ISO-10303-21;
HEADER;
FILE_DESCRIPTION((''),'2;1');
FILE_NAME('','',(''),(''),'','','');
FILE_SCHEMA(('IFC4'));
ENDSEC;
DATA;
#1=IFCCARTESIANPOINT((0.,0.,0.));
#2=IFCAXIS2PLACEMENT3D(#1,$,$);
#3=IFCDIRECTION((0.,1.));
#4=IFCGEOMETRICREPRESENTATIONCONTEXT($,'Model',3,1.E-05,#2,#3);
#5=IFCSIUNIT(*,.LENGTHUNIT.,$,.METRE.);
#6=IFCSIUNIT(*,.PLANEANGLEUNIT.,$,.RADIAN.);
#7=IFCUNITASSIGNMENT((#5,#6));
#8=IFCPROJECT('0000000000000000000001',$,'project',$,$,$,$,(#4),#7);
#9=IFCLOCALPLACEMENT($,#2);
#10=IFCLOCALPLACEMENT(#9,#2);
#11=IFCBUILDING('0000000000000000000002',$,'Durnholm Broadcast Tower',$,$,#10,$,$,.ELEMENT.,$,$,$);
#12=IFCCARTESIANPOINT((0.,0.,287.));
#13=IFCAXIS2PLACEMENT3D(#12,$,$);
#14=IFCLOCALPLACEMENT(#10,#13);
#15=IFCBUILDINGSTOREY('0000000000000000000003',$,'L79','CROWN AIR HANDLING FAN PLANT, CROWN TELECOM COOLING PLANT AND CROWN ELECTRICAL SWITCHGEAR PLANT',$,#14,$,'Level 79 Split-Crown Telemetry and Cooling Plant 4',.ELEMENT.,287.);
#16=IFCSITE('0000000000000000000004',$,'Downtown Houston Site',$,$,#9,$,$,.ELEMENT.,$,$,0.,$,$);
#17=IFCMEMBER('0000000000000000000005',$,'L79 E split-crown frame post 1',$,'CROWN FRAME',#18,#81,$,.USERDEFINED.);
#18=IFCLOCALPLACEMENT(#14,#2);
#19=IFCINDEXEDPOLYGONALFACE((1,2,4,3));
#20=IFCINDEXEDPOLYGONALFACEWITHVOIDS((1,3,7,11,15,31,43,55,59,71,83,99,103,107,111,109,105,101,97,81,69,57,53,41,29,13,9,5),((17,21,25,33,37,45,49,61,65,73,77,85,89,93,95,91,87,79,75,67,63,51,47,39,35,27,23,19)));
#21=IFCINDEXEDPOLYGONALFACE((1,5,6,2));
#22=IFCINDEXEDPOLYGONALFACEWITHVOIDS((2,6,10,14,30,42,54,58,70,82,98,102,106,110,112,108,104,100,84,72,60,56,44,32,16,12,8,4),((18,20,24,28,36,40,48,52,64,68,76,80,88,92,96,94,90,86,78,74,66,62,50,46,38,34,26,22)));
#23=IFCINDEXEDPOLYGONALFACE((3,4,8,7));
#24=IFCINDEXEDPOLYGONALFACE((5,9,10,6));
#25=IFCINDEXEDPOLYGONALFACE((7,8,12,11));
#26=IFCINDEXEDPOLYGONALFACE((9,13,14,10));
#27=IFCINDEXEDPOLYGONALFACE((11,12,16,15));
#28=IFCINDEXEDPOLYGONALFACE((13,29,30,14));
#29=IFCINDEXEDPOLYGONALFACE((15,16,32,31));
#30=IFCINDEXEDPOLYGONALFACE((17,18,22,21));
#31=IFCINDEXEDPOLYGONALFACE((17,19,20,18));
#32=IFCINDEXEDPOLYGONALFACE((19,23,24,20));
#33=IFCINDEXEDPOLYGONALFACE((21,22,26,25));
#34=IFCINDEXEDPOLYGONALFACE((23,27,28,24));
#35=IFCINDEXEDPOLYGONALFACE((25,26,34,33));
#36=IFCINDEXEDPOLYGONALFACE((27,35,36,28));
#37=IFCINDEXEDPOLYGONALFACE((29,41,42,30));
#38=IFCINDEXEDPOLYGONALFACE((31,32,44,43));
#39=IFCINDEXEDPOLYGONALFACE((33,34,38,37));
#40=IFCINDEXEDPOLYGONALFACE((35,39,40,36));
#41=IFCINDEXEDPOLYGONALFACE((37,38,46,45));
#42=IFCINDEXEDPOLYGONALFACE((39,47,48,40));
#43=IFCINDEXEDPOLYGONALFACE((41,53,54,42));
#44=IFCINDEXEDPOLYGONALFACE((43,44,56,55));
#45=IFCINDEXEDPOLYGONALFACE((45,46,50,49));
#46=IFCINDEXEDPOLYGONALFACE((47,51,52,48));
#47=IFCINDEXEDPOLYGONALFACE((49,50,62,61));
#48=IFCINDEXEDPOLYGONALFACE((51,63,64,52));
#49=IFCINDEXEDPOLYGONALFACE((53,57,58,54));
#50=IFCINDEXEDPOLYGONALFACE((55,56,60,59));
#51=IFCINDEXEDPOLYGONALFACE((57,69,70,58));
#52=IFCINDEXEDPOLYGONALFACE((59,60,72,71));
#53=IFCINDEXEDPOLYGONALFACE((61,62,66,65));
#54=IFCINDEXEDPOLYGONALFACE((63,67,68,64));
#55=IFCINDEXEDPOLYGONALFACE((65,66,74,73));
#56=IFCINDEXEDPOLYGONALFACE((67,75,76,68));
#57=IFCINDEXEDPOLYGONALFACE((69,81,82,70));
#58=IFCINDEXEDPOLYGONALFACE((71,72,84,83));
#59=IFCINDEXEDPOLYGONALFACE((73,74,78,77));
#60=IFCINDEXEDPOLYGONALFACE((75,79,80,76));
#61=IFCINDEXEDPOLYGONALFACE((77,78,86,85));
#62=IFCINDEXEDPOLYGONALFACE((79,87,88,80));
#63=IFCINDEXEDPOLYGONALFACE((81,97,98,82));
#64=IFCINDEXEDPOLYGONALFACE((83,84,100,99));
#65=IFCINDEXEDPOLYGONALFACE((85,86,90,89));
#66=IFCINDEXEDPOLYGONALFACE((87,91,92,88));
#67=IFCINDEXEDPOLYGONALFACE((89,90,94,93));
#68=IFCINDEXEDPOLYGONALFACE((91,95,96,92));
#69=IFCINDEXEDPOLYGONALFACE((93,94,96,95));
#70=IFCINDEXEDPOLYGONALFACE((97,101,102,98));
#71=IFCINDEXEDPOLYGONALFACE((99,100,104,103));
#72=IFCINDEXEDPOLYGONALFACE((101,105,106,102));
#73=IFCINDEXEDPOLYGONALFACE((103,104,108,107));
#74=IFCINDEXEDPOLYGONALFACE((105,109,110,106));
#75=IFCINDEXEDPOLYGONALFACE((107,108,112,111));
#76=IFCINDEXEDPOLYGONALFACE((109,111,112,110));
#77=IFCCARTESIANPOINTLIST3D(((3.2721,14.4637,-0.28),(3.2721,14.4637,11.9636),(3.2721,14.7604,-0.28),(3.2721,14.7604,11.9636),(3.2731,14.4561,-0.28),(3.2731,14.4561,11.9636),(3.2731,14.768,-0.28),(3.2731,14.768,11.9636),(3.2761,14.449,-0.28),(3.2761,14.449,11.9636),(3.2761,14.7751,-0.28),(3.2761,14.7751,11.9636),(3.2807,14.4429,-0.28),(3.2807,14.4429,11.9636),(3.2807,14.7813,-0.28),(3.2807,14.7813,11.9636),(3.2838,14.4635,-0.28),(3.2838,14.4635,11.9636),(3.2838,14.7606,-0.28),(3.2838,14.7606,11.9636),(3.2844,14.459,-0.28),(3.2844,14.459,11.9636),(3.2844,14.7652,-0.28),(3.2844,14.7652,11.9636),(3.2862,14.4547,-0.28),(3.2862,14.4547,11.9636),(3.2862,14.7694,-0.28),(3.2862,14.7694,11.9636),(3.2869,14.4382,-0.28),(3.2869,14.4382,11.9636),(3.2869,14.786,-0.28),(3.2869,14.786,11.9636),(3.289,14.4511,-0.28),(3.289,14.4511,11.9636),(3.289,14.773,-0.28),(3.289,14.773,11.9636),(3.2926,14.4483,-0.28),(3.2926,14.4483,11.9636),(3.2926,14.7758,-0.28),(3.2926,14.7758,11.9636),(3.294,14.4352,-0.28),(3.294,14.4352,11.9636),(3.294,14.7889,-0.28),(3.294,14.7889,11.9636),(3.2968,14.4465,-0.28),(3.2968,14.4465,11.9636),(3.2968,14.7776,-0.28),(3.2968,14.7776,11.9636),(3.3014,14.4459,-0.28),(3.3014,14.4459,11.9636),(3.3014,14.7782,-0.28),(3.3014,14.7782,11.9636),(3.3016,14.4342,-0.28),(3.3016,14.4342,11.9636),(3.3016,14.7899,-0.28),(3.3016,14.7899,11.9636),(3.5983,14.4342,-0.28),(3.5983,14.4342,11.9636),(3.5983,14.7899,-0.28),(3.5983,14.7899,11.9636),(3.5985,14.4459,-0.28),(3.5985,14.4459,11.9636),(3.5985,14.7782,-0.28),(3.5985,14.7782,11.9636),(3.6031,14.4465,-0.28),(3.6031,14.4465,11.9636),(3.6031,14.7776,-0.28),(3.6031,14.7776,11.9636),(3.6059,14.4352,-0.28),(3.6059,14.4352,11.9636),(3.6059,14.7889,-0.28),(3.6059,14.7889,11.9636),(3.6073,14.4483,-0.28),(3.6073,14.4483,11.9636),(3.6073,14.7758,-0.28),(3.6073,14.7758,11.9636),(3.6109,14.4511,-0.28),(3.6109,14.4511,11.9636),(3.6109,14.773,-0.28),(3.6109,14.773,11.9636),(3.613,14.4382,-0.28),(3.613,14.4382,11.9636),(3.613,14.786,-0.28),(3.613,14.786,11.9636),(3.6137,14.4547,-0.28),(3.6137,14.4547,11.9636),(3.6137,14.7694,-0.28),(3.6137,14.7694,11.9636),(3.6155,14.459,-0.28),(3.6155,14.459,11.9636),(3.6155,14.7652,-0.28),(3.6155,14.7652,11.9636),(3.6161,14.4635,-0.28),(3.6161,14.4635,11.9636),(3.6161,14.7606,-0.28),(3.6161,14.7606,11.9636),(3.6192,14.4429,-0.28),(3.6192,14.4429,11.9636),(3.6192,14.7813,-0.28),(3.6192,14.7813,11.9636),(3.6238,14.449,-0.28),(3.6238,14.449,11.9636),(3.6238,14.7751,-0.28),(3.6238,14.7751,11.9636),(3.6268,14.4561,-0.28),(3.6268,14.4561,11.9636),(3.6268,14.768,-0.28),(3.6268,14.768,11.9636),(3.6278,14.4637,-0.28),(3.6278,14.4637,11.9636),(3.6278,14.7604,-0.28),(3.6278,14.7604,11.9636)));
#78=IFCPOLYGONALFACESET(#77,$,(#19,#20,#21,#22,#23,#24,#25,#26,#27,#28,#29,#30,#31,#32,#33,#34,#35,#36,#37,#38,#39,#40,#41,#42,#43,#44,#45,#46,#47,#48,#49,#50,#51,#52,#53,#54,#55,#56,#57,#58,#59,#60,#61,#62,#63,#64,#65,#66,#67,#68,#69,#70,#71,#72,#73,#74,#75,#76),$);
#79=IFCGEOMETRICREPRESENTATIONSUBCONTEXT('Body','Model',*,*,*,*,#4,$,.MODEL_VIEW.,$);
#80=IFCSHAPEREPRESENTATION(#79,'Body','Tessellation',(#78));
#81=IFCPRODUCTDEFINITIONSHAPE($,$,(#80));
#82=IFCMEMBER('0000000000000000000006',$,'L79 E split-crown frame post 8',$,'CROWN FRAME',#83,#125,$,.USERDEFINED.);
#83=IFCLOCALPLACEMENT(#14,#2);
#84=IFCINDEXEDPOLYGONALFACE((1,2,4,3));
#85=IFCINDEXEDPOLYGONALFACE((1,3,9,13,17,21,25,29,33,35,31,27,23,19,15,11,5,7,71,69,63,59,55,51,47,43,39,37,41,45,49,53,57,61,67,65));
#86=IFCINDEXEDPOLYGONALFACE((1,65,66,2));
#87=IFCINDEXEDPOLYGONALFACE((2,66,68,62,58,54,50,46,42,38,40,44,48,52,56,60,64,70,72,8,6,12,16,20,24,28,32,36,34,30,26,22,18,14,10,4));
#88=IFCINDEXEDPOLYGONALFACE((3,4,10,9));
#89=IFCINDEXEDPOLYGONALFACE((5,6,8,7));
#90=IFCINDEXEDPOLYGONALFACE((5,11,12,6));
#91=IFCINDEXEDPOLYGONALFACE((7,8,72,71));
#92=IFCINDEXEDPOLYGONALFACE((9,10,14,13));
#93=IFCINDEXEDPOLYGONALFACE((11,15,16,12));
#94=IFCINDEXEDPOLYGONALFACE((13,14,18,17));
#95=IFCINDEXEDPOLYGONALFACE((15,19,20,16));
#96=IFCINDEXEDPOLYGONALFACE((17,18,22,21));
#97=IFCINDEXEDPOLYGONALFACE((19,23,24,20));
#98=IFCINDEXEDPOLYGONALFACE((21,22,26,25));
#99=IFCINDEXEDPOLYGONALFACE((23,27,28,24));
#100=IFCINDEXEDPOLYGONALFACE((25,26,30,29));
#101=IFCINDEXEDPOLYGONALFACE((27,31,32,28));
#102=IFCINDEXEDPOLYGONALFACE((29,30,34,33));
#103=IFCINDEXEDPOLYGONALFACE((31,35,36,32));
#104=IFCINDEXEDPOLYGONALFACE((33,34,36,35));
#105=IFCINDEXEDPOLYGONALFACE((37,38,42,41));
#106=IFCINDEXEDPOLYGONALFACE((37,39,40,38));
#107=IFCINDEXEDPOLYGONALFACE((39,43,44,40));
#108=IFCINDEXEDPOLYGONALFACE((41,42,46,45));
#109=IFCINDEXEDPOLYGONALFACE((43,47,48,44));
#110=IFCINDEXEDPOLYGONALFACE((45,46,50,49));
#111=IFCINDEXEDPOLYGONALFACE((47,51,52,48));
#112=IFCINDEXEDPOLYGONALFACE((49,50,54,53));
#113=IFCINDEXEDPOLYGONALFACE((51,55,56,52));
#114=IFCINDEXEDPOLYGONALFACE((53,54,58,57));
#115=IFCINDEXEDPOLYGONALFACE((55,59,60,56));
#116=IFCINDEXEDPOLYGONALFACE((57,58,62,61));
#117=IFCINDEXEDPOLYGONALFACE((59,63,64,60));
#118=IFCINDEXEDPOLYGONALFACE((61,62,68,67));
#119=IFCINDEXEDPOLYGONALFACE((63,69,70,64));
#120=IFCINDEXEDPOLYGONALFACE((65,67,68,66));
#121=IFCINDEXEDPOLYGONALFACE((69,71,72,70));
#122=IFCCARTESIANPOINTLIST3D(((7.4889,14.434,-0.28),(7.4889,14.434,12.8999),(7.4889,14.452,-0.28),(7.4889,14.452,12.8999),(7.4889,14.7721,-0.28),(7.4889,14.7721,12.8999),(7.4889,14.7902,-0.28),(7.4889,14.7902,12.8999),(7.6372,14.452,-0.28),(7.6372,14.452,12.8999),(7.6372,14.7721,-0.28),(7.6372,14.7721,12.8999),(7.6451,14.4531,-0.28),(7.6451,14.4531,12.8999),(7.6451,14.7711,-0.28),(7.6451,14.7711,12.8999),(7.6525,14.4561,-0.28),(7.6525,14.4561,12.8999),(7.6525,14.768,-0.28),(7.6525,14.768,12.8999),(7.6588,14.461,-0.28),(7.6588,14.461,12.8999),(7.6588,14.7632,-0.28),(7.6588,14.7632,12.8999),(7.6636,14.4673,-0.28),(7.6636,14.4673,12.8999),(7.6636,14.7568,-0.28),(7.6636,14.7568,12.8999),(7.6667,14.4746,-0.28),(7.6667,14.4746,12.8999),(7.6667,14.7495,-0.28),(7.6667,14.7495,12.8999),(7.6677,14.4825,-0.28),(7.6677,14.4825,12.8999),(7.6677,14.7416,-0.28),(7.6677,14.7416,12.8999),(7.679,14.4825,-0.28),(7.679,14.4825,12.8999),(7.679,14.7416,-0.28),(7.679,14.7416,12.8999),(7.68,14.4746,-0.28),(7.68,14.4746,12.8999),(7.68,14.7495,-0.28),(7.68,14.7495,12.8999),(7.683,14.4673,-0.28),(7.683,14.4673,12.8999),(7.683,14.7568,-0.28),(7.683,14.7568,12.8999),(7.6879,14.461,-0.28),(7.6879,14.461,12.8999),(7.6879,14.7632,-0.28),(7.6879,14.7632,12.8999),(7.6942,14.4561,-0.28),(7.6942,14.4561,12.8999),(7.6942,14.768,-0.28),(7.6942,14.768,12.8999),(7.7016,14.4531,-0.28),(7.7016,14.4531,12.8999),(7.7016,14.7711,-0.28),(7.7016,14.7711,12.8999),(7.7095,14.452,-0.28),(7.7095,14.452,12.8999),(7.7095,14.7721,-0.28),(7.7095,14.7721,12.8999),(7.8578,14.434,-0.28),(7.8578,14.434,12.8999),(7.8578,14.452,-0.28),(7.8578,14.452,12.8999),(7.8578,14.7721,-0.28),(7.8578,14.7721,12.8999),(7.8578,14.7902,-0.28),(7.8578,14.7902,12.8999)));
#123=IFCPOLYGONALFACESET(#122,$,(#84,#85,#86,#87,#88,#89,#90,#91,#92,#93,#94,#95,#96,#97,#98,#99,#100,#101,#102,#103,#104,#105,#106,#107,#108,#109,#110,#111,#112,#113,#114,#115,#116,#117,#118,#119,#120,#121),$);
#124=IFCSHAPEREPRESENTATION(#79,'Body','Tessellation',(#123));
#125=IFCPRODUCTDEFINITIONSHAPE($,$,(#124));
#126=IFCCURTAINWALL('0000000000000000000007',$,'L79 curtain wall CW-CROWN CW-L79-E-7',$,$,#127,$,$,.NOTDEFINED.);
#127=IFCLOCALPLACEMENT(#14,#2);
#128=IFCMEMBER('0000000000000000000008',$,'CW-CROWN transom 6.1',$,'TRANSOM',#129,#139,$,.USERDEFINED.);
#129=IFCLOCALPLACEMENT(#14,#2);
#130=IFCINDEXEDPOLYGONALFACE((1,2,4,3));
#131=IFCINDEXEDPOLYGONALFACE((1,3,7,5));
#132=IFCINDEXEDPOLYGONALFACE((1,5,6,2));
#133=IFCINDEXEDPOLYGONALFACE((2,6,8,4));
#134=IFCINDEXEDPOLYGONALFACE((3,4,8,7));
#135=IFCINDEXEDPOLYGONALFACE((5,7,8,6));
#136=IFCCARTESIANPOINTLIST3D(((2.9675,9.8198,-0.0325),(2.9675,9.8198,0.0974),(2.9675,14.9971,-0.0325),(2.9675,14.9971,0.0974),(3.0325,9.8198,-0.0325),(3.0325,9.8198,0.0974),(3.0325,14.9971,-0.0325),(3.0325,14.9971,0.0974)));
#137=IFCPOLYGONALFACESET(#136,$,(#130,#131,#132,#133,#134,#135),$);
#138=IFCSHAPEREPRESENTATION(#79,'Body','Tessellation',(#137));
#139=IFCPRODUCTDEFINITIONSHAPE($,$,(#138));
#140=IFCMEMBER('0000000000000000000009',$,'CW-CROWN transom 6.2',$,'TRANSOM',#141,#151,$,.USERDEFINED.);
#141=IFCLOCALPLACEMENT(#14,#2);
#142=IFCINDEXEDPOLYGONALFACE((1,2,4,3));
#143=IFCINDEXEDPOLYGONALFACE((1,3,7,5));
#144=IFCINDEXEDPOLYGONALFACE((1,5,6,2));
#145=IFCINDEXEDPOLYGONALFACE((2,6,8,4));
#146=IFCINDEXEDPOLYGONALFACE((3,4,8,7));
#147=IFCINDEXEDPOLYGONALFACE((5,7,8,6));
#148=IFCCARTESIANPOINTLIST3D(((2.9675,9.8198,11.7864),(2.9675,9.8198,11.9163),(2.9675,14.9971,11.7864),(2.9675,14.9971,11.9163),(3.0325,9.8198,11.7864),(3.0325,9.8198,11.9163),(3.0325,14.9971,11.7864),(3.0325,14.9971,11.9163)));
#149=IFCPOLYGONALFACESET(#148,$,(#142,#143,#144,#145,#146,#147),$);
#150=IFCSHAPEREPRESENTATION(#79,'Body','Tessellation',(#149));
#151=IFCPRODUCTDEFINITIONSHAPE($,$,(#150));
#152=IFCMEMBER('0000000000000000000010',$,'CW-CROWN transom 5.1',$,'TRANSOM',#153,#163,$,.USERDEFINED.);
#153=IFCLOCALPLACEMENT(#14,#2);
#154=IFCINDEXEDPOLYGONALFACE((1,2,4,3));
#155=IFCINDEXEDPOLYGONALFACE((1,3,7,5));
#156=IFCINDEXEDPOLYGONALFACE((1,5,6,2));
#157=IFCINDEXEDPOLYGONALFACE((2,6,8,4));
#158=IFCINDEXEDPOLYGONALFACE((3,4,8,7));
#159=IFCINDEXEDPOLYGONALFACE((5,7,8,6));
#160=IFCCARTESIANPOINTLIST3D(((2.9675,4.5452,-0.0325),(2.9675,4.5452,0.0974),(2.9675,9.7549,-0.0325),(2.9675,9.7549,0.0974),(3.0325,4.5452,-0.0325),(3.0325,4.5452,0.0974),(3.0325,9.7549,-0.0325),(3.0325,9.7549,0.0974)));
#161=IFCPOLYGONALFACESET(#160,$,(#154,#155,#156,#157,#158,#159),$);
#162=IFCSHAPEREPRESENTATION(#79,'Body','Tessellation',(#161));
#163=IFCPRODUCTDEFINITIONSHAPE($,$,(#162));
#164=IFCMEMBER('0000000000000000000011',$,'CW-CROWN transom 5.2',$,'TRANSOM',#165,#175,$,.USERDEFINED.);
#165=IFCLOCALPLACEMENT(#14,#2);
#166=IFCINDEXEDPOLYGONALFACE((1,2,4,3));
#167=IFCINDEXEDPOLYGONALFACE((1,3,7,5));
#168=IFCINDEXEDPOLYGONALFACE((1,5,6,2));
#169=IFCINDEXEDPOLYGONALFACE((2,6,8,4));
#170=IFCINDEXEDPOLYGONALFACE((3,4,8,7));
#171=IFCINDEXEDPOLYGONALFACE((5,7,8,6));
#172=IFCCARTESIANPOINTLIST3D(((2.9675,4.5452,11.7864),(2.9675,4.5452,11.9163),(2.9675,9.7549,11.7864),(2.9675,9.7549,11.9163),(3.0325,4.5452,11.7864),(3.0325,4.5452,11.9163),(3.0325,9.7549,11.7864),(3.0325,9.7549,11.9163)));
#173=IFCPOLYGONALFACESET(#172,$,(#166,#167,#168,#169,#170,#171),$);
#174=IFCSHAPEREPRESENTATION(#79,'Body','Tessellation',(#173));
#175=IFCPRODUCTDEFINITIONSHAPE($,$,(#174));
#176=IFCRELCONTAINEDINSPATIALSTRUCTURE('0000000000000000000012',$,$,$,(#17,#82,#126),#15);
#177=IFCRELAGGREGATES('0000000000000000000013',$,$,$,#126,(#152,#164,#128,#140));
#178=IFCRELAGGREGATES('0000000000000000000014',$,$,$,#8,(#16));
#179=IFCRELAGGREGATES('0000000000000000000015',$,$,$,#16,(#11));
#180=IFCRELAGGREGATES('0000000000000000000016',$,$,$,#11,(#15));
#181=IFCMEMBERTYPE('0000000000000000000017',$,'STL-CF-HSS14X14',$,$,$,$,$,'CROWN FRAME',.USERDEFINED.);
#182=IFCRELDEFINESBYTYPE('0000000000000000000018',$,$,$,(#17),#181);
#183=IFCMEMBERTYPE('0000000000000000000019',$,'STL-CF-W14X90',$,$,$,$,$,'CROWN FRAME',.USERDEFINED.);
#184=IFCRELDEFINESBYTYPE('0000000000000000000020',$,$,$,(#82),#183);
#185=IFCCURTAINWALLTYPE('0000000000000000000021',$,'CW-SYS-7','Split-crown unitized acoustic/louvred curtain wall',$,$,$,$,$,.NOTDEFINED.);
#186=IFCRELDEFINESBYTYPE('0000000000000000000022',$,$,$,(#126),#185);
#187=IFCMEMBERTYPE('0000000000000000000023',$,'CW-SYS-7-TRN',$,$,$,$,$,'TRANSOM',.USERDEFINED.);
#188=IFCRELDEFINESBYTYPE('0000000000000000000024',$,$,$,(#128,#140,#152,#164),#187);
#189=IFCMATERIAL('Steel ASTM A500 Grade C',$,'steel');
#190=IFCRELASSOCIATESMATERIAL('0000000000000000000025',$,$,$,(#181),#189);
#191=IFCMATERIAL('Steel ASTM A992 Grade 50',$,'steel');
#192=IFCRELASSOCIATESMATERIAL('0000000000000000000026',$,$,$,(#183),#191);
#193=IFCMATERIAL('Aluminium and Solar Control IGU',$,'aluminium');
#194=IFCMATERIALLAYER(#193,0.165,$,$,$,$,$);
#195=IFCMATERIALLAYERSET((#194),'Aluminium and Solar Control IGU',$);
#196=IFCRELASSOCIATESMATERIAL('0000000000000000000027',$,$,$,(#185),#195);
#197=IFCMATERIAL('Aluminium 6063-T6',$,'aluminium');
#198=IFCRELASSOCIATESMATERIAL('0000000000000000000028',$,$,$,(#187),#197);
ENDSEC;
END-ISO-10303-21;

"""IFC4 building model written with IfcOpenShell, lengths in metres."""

from ifc_helpers import new_model, si_unit, direction, frame, origin, origin_2d, place, context, subcontext, project, spatial, rectangle, hollow_rectangle, i_section, extrude, source, transform, mapped, material, layer, layer_set, material_profile, profile_set, type_object, type_shapes, element, aggregate, save


model = new_model("IFC4")

# Units and contexts
model_context = context("Model", 3, precision=1e-05, world=origin(), true_north=direction((0.0, 1.0)))
body_context = subcontext(model_context, "Body", "Model", "MODEL_VIEW")
ifc_project = project(units=[si_unit("LENGTHUNIT", "METRE"), si_unit("PLANEANGLEUNIT", "RADIAN")], contexts=[model_context])

# Site, building, storey
site_placement = place(None, origin())
site = spatial("IfcSite", under=ifc_project, at=site_placement, Name="Downtown Houston Site", CompositionType="ELEMENT", RefElevation=0.0)
building_placement = place(site_placement, origin())
building = spatial("IfcBuilding", under=site, at=building_placement, Name="Durnholm Broadcast Tower", CompositionType="ELEMENT")
storey_placement = place(building_placement, frame((0.0, 0.0, 287.0)))
storey = spatial("IfcBuildingStorey", under=building, at=storey_placement, Name="L79", Description="CROWN AIR HANDLING FAN PLANT, CROWN TELECOM COOLING PLANT AND CROWN ELECTRICAL SWITCHGEAR PLANT", LongName="Level 79 Split-Crown Telemetry and Cooling Plant 4", CompositionType="ELEMENT", Elevation=287.0)

# Shared definitions
ifc_material_1 = material(Name="Steel ASTM A500 Grade C", Category="steel")

# Shared definitions
ifc_material_2 = material(Name="Steel ASTM A992 Grade 50", Category="steel")

# Members
ifc_material_profile_1 = material_profile(ifc_material_1, hollow_rectangle(XDim=0.3557, YDim=0.3557, WallThickness=0.0117, InnerFilletRadius=0.0176, OuterFilletRadius=0.0295, at=origin_2d()), Name="HSS14X14X1/2")
ifc_profile_set_1 = profile_set([ifc_material_profile_1], Name="Steel ASTM A500 Grade C")
member_type_1 = type_object("IfcMemberType", Name="STL-CF-HSS14X14", ElementType="CROWN FRAME", PredefinedType="USERDEFINED", material=ifc_profile_set_1)
shared_shape_1 = source(origin(), body_context, "Body", "SweptSolid", [
    extrude(hollow_rectangle(XDim=0.3557, YDim=0.3557, WallThickness=0.0117, InnerFilletRadius=0.0176, OuterFilletRadius=0.0295, at=origin_2d()), origin(), (0.0, 0.0, 1.0), 12.2437),
])
type_shapes(member_type_1, [shared_shape_1])
member_1_placement = place(storey_placement, frame((3.45, 14.6121, -0.28), z_axis=(0.0, 0.0, 1.0), x_axis=(1.0, 0.0, 0.0)))
element("IfcMember", 1, at=member_1_placement, inside=storey, type_object=member_type_1, Name="L79 E split-crown frame post 1", ObjectType="CROWN FRAME", PredefinedType="USERDEFINED", context=body_context, shape_type="MappedRepresentation", body=[
    mapped(shared_shape_1, transform((0.0, 0.0, 0.0), x_axis=(1.0, 0.0, 0.0), y_axis=(0.0, 1.0, 0.0), z_axis=(0.0, 0.0, 1.0), scale=1.0)),
])
ifc_material_profile_2 = material_profile(ifc_material_2, i_section(OverallWidth=0.3689, OverallDepth=0.3562, WebThickness=0.0112, FlangeThickness=0.0181, FilletRadius=0.0305, at=origin_2d()), Name="W14X90")
ifc_profile_set_2 = profile_set([ifc_material_profile_2], Name="Steel ASTM A992 Grade 50")
member_type_2 = type_object("IfcMemberType", Name="STL-CF-W14X90", ElementType="CROWN FRAME", PredefinedType="USERDEFINED", material=ifc_profile_set_2)
shared_shape_2 = source(origin(), body_context, "Body", "SweptSolid", [
    extrude(i_section(OverallWidth=0.3689, OverallDepth=0.3562, WebThickness=0.0112, FlangeThickness=0.0181, FilletRadius=0.0305, at=origin_2d()), origin(), (0.0, 0.0, 1.0), 13.1799),
])
type_shapes(member_type_2, [shared_shape_2])
member_2_placement = place(storey_placement, frame((7.6733, 14.6121, -0.28), z_axis=(0.0, 0.0, 1.0), x_axis=(1.0, 0.0, 0.0)))
element("IfcMember", 2, at=member_2_placement, inside=storey, type_object=member_type_2, Name="L79 E split-crown frame post 8", ObjectType="CROWN FRAME", PredefinedType="USERDEFINED", context=body_context, shape_type="MappedRepresentation", body=[
    mapped(shared_shape_2, transform((0.0, 0.0, 0.0), x_axis=(1.0, 0.0, 0.0), y_axis=(0.0, 1.0, 0.0), z_axis=(0.0, 0.0, 1.0), scale=1.0)),
])

# Curtain wall, members
ifc_material_3 = material(Name="Aluminium and Solar Control IGU", Category="aluminium")
ifc_layer_1 = layer(ifc_material_3, 0.165)
ifc_layer_set_1 = layer_set([ifc_layer_1], Name="Aluminium and Solar Control IGU")
curtain_wall_type = type_object("IfcCurtainWallType", Name="CW-SYS-7", Description="Split-crown unitized acoustic/louvred curtain wall", PredefinedType="NOTDEFINED", material=ifc_layer_set_1)
curtain_wall_placement = place(storey_placement, origin())
curtain_wall = element("IfcCurtainWall", 3, at=curtain_wall_placement, inside=storey, type_object=curtain_wall_type, Name="L79 curtain wall CW-CROWN CW-L79-E-7", PredefinedType="NOTDEFINED")
ifc_material_4 = material(Name="Aluminium 6063-T6", Category="aluminium")
ifc_material_profile_3 = material_profile(ifc_material_4, rectangle(XDim=0.0649, YDim=0.1299, at=origin_2d()), Name="CWT65X130")
ifc_profile_set_3 = profile_set([ifc_material_profile_3], Name="Aluminium 6063-T6")
member_type_3 = type_object("IfcMemberType", Name="CW-SYS-7-TRN", ElementType="TRANSOM", PredefinedType="USERDEFINED", material=ifc_profile_set_3)
shared_shape_3 = source(origin(), body_context, "Body", "SweptSolid", [
    extrude(rectangle(XDim=0.0649, YDim=0.1299, at=origin_2d()), origin(), (0.0, 0.0, 1.0), 5.1772),
])
member_3_placement = place(storey_placement, frame((3.0, 9.8198, 0.0325), z_axis=(0.0, 1.0, 0.0), x_axis=(-1.0, 0.0, 0.0)))
member_3 = element("IfcMember", 4, at=member_3_placement, type_object=member_type_3, Name="CW-CROWN transom 6.1", ObjectType="TRANSOM", PredefinedType="USERDEFINED", context=body_context, shape_type="MappedRepresentation", body=[
    mapped(shared_shape_3, transform((0.0, 0.0, 0.0), x_axis=(1.0, 0.0, 0.0), y_axis=(0.0, 1.0, 0.0), z_axis=(0.0, 0.0, 1.0), scale=1.0)),
])
member_4_placement = place(storey_placement, frame((3.0, 9.8198, 11.8513), z_axis=(0.0, 1.0, 0.0), x_axis=(-1.0, 0.0, 0.0)))
member_4 = element("IfcMember", 5, at=member_4_placement, type_object=member_type_3, Name="CW-CROWN transom 6.2", ObjectType="TRANSOM", PredefinedType="USERDEFINED", context=body_context, shape_type="MappedRepresentation", body=[
    mapped(shared_shape_3, transform((0.0, 0.0, 0.0), x_axis=(1.0, 0.0, 0.0), y_axis=(0.0, 1.0, 0.0), z_axis=(0.0, 0.0, 1.0), scale=1.0)),
])
shared_shape_4 = source(origin(), body_context, "Body", "SweptSolid", [
    extrude(rectangle(XDim=0.0649, YDim=0.1299, at=origin_2d()), origin(), (0.0, 0.0, 1.0), 5.2097),
])
type_shapes(member_type_3, [shared_shape_3, shared_shape_4])
member_5_placement = place(storey_placement, frame((3.0, 4.5452, 0.0325), z_axis=(0.0, 1.0, 0.0), x_axis=(-1.0, 0.0, 0.0)))
member_5 = element("IfcMember", 6, at=member_5_placement, type_object=member_type_3, Name="CW-CROWN transom 5.1", ObjectType="TRANSOM", PredefinedType="USERDEFINED", context=body_context, shape_type="MappedRepresentation", body=[
    mapped(shared_shape_4, transform((0.0, 0.0, 0.0), x_axis=(1.0, 0.0, 0.0), y_axis=(0.0, 1.0, 0.0), z_axis=(0.0, 0.0, 1.0), scale=1.0)),
])
member_6_placement = place(storey_placement, frame((3.0, 4.5452, 11.8513), z_axis=(0.0, 1.0, 0.0), x_axis=(-1.0, 0.0, 0.0)))
member_6 = element("IfcMember", 7, at=member_6_placement, type_object=member_type_3, Name="CW-CROWN transom 5.2", ObjectType="TRANSOM", PredefinedType="USERDEFINED", context=body_context, shape_type="MappedRepresentation", body=[
    mapped(shared_shape_4, transform((0.0, 0.0, 0.0), x_axis=(1.0, 0.0, 0.0), y_axis=(0.0, 1.0, 0.0), z_axis=(0.0, 0.0, 1.0), scale=1.0)),
])

aggregate(curtain_wall, [member_5, member_6, member_3, member_4])

save(model, "model.ifc")
